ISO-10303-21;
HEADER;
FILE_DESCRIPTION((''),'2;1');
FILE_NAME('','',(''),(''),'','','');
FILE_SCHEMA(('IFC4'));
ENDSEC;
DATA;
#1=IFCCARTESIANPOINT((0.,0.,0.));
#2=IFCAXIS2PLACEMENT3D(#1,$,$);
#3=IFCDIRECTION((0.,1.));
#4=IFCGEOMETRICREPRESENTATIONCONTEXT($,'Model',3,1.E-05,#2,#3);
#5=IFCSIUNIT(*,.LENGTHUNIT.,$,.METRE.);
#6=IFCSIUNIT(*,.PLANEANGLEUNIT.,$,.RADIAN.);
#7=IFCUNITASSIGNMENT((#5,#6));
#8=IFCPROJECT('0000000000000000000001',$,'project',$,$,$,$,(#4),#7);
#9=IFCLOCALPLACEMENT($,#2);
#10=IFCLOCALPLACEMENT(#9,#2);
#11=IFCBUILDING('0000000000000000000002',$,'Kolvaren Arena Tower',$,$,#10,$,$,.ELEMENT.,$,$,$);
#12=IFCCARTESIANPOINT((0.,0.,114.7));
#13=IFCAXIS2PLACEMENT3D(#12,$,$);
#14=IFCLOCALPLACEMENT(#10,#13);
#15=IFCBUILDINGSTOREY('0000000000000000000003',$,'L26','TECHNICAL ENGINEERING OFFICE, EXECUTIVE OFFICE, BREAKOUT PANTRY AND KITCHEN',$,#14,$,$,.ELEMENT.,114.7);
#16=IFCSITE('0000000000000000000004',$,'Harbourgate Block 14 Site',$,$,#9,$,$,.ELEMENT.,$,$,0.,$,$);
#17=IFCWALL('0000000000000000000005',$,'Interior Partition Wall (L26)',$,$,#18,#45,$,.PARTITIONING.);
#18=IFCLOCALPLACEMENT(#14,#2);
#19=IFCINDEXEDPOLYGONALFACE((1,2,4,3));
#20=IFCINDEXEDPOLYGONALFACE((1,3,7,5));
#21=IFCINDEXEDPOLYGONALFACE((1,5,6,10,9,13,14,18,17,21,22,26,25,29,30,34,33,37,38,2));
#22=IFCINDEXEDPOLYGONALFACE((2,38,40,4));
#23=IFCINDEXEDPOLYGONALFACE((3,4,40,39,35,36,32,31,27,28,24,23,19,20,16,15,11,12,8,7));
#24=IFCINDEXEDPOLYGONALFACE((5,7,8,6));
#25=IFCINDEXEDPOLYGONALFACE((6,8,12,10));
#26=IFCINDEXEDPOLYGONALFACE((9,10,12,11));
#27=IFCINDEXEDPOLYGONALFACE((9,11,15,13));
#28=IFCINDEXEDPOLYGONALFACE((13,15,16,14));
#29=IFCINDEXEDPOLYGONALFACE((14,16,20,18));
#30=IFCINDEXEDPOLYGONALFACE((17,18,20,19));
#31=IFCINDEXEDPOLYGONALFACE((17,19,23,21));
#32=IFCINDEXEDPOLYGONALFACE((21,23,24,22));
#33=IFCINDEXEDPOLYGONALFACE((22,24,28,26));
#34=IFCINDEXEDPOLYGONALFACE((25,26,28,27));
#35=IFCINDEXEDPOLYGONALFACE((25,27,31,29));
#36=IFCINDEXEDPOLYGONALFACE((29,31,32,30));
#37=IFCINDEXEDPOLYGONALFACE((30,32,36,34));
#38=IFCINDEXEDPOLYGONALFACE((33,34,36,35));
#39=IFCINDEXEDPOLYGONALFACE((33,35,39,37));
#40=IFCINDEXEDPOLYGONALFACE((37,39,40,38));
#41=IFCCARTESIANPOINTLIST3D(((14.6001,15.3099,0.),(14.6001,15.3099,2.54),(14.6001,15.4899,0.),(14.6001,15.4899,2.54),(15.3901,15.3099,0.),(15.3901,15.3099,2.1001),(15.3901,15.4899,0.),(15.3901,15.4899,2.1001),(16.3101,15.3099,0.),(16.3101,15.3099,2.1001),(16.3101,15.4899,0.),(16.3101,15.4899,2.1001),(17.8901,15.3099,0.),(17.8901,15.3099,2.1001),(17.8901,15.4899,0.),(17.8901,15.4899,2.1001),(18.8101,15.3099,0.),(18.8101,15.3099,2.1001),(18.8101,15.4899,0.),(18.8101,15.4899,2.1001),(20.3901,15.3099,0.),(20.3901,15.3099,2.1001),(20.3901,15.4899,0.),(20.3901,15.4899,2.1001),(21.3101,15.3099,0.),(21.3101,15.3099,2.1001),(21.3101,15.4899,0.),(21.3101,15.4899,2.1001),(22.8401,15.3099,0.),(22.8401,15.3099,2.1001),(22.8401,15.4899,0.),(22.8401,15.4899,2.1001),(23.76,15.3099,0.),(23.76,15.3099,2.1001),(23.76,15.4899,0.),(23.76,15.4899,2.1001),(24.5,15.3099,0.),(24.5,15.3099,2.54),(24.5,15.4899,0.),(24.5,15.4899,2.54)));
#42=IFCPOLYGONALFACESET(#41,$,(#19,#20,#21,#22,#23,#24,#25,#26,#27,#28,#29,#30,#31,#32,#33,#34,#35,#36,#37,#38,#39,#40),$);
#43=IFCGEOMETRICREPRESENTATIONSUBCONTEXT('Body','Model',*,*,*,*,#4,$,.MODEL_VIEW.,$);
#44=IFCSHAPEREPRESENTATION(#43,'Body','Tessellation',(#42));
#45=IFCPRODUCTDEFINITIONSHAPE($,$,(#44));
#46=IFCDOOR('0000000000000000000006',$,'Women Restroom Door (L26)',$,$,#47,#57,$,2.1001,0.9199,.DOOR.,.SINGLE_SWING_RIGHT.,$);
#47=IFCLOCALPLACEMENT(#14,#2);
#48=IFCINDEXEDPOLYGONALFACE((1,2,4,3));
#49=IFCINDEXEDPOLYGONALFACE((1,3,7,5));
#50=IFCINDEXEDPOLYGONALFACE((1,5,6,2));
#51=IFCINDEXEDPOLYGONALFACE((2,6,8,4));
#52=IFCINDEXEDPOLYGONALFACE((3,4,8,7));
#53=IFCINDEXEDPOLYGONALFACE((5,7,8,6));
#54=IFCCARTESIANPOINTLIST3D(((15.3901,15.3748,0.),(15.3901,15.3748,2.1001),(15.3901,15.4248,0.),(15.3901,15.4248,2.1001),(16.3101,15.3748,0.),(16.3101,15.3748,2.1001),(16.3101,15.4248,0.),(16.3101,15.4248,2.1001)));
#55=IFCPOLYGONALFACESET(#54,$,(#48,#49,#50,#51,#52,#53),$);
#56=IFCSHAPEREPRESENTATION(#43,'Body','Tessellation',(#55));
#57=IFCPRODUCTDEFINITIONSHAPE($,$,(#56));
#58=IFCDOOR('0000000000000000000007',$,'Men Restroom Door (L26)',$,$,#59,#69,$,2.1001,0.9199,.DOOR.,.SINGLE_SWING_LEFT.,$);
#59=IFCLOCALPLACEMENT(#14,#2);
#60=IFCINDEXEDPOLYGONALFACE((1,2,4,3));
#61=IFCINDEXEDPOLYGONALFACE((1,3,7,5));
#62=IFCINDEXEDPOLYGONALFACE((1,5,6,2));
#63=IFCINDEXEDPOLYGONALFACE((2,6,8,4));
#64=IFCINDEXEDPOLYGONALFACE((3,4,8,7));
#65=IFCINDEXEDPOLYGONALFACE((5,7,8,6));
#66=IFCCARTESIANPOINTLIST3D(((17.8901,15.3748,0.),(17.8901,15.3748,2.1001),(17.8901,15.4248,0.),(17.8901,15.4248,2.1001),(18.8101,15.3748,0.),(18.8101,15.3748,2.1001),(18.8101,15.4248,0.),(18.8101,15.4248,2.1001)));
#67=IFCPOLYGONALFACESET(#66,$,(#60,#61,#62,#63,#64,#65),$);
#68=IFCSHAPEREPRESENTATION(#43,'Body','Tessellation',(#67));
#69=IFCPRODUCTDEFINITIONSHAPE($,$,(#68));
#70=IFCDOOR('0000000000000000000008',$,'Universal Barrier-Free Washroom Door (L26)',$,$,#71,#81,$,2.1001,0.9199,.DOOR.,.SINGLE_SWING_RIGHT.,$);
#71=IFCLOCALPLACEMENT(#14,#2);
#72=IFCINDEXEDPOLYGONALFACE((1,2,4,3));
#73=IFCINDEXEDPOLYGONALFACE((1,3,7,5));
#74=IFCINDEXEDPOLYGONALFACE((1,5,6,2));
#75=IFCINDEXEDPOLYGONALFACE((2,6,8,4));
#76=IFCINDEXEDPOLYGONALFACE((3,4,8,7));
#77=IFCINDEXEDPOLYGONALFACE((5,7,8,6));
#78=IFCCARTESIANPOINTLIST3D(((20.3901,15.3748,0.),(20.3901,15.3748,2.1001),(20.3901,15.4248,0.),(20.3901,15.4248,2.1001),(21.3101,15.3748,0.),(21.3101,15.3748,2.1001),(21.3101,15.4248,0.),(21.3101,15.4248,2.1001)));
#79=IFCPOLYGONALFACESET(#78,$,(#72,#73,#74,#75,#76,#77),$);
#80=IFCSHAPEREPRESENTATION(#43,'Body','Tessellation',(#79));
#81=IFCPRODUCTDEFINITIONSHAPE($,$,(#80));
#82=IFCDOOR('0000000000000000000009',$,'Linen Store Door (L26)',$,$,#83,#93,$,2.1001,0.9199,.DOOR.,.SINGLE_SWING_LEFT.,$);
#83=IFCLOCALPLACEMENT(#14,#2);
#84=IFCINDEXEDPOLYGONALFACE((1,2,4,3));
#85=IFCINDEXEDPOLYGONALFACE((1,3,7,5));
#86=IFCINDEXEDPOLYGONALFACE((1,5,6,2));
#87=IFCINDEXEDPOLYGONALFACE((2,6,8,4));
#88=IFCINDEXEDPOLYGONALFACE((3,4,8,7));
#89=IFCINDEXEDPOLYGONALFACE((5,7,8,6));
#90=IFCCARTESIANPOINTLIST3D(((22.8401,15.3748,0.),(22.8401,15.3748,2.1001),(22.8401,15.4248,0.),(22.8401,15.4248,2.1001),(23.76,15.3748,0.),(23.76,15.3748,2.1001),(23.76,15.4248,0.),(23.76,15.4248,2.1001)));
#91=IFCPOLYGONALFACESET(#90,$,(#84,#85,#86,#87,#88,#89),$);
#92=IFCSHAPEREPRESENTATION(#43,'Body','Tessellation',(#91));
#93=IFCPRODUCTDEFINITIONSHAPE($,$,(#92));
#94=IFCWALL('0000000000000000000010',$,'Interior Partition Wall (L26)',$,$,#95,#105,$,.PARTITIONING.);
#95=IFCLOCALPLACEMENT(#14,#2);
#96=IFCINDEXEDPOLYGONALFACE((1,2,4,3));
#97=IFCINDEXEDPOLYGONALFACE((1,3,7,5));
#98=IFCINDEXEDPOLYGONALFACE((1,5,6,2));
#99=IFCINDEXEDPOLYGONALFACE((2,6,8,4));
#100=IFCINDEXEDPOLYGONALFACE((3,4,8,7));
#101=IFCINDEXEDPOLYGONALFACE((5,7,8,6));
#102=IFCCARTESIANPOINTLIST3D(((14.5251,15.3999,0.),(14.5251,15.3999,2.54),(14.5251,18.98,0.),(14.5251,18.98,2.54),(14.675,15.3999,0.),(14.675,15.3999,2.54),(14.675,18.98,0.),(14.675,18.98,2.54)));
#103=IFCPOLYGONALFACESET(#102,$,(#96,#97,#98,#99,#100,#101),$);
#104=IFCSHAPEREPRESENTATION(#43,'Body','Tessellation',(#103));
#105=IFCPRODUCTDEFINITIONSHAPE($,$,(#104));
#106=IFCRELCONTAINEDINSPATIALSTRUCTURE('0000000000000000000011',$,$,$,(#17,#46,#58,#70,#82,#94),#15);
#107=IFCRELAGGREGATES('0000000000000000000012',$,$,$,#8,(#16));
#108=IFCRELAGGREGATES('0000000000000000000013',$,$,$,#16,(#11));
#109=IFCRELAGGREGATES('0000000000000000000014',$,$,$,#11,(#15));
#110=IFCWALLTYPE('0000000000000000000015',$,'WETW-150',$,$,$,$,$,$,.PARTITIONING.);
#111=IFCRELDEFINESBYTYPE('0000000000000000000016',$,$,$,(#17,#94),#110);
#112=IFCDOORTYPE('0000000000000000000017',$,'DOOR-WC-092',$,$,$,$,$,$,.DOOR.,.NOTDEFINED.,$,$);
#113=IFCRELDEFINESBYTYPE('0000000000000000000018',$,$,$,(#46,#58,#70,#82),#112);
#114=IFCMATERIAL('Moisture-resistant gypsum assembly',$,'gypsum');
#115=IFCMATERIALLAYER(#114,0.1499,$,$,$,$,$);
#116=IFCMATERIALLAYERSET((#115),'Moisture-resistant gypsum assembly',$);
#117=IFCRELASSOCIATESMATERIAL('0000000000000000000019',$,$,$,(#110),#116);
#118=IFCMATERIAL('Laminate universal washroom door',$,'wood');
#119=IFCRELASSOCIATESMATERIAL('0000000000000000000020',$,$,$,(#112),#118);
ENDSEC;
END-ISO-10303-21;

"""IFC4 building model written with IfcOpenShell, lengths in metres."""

from ifc_helpers import new_model, si_unit, direction, frame, frame_2d, origin, place, context, subcontext, project, spatial, rectangle, extrude, material, layer, layer_set, type_object, element, fill, save


model = new_model("IFC4")

# Units and contexts
model_context = context("Model", 3, precision=1e-05, world=origin(), true_north=direction((0.0, 1.0)))
body_context = subcontext(model_context, "Body", "Model", "MODEL_VIEW")
ifc_project = project(units=[si_unit("LENGTHUNIT", "METRE"), si_unit("PLANEANGLEUNIT", "RADIAN")], contexts=[model_context])

# Site, building, storey
site_placement = place(None, origin())
site = spatial("IfcSite", under=ifc_project, at=site_placement, Name="Harbourgate Block 14 Site", CompositionType="ELEMENT", RefElevation=0.0)
building_placement = place(site_placement, origin())
building = spatial("IfcBuilding", under=site, at=building_placement, Name="Kolvaren Arena Tower", CompositionType="ELEMENT")
storey_placement = place(building_placement, frame((0.0, 0.0, 114.7)))
storey = spatial("IfcBuildingStorey", under=building, at=storey_placement, Name="L26", Description="TECHNICAL ENGINEERING OFFICE, EXECUTIVE OFFICE, BREAKOUT PANTRY AND KITCHEN", CompositionType="ELEMENT", Elevation=114.7)

# Shared definitions
ifc_material_1 = material(Name="Moisture-resistant gypsum assembly", Category="gypsum")
ifc_layer_1 = layer(ifc_material_1, 0.1499)
ifc_layer_set_1 = layer_set([ifc_layer_1], Name="Moisture-resistant gypsum assembly")
wall_type_1 = type_object("IfcWallType", Name="WETW-150", PredefinedType="PARTITIONING", material=ifc_layer_set_1)

# Wall, openings, doors
wall_1_placement = place(storey_placement, frame((14.6001, 15.3999, 0.0), z_axis=(0.0, 0.0, 1.0), x_axis=(1.0, 0.0, 0.0)))
wall_1 = element("IfcWall", 1, at=wall_1_placement, inside=storey, type_object=wall_type_1, Name="Interior Partition Wall (L26)", PredefinedType="PARTITIONING", context=body_context, shape_type="SweptSolid", body=[
    extrude(rectangle(XDim=9.8999, YDim=0.1799, at=frame_2d((4.95, 0.0))), origin(), (0.0, 0.0, 1.0), 2.54),
])
opening_1_placement = place(wall_1_placement, frame((0.79, 0.0, 0.0)))
opening_1 = element("IfcOpeningElement", 2, at=opening_1_placement, cuts=wall_1, PredefinedType="OPENING", context=body_context, shape_type="SweptSolid", body=[
    extrude(rectangle(XDim=0.9199, YDim=2.1001, at=frame_2d((0.46, 1.05))), frame((0.0, 0.0999, 0.0), z_axis=(0.0, -1.0, 0.0), x_axis=(1.0, 0.0, 0.0)), (0.0, 0.0, 1.0), 0.2),
])
opening_2_placement = place(wall_1_placement, frame((3.29, 0.0, 0.0)))
opening_2 = element("IfcOpeningElement", 3, at=opening_2_placement, cuts=wall_1, PredefinedType="OPENING", context=body_context, shape_type="SweptSolid", body=[
    extrude(rectangle(XDim=0.9199, YDim=2.1001, at=frame_2d((0.46, 1.05))), frame((0.0, 0.0999, 0.0), z_axis=(0.0, -1.0, 0.0), x_axis=(1.0, 0.0, 0.0)), (0.0, 0.0, 1.0), 0.2),
])
opening_3_placement = place(wall_1_placement, frame((5.79, 0.0, 0.0)))
opening_3 = element("IfcOpeningElement", 4, at=opening_3_placement, cuts=wall_1, PredefinedType="OPENING", context=body_context, shape_type="SweptSolid", body=[
    extrude(rectangle(XDim=0.9199, YDim=2.1001, at=frame_2d((0.46, 1.05))), frame((0.0, 0.0999, 0.0), z_axis=(0.0, -1.0, 0.0), x_axis=(1.0, 0.0, 0.0)), (0.0, 0.0, 1.0), 0.2),
])
opening_4_placement = place(wall_1_placement, frame((8.24, 0.0, 0.0)))
opening_4 = element("IfcOpeningElement", 5, at=opening_4_placement, cuts=wall_1, PredefinedType="OPENING", context=body_context, shape_type="SweptSolid", body=[
    extrude(rectangle(XDim=0.9199, YDim=2.1001, at=frame_2d((0.46, 1.05))), frame((0.0, 0.0999, 0.0), z_axis=(0.0, -1.0, 0.0), x_axis=(1.0, 0.0, 0.0)), (0.0, 0.0, 1.0), 0.2),
])
ifc_material_2 = material(Name="Laminate universal washroom door", Category="wood")
door_type_1 = type_object("IfcDoorType", Name="DOOR-WC-092", OperationType="NOTDEFINED", PredefinedType="DOOR", material=ifc_material_2)
door_1_placement = place(opening_1_placement, origin())
door_1 = element("IfcDoor", 6, at=door_1_placement, inside=storey, type_object=door_type_1, Name="Women Restroom Door (L26)", OperationType="SINGLE_SWING_RIGHT", OverallHeight=2.1001, OverallWidth=0.9199, PredefinedType="DOOR", context=body_context, shape_type="SweptSolid", body=[
    extrude(rectangle(XDim=0.9199, YDim=2.1001, at=frame_2d((0.46, 1.05))), frame((0.0, 0.0249, 0.0), z_axis=(0.0, -1.0, 0.0), x_axis=(1.0, 0.0, 0.0)), (0.0, 0.0, 1.0), 0.05),
])
fill(opening_1, door_1)
door_2_placement = place(opening_2_placement, origin())
door_2 = element("IfcDoor", 7, at=door_2_placement, inside=storey, type_object=door_type_1, Name="Men Restroom Door (L26)", OperationType="SINGLE_SWING_LEFT", OverallHeight=2.1001, OverallWidth=0.9199, PredefinedType="DOOR", context=body_context, shape_type="SweptSolid", body=[
    extrude(rectangle(XDim=0.9199, YDim=2.1001, at=frame_2d((0.46, 1.05))), frame((0.0, 0.0249, 0.0), z_axis=(0.0, -1.0, 0.0), x_axis=(1.0, 0.0, 0.0)), (0.0, 0.0, 1.0), 0.05),
])
fill(opening_2, door_2)
door_3_placement = place(opening_3_placement, origin())
door_3 = element("IfcDoor", 8, at=door_3_placement, inside=storey, type_object=door_type_1, Name="Universal Barrier-Free Washroom Door (L26)", OperationType="SINGLE_SWING_RIGHT", OverallHeight=2.1001, OverallWidth=0.9199, PredefinedType="DOOR", context=body_context, shape_type="SweptSolid", body=[
    extrude(rectangle(XDim=0.9199, YDim=2.1001, at=frame_2d((0.46, 1.05))), frame((0.0, 0.0249, 0.0), z_axis=(0.0, -1.0, 0.0), x_axis=(1.0, 0.0, 0.0)), (0.0, 0.0, 1.0), 0.05),
])
fill(opening_3, door_3)
door_4_placement = place(opening_4_placement, origin())
door_4 = element("IfcDoor", 9, at=door_4_placement, inside=storey, type_object=door_type_1, Name="Linen Store Door (L26)", OperationType="SINGLE_SWING_LEFT", OverallHeight=2.1001, OverallWidth=0.9199, PredefinedType="DOOR", context=body_context, shape_type="SweptSolid", body=[
    extrude(rectangle(XDim=0.9199, YDim=2.1001, at=frame_2d((0.46, 1.05))), frame((0.0, 0.0249, 0.0), z_axis=(0.0, -1.0, 0.0), x_axis=(1.0, 0.0, 0.0)), (0.0, 0.0, 1.0), 0.05),
])
fill(opening_4, door_4)

# Wall
wall_2_placement = place(storey_placement, frame((14.6001, 15.3999, 0.0), z_axis=(0.0, 0.0, 1.0), x_axis=(0.0, 1.0, 0.0)))
element("IfcWall", 10, at=wall_2_placement, inside=storey, type_object=wall_type_1, Name="Interior Partition Wall (L26)", PredefinedType="PARTITIONING", context=body_context, shape_type="SweptSolid", body=[
    extrude(rectangle(XDim=3.5801, YDim=0.1499, at=frame_2d((1.79, 0.0))), origin(), (0.0, 0.0, 1.0), 2.54),
])

save(model, "model.ifc")
